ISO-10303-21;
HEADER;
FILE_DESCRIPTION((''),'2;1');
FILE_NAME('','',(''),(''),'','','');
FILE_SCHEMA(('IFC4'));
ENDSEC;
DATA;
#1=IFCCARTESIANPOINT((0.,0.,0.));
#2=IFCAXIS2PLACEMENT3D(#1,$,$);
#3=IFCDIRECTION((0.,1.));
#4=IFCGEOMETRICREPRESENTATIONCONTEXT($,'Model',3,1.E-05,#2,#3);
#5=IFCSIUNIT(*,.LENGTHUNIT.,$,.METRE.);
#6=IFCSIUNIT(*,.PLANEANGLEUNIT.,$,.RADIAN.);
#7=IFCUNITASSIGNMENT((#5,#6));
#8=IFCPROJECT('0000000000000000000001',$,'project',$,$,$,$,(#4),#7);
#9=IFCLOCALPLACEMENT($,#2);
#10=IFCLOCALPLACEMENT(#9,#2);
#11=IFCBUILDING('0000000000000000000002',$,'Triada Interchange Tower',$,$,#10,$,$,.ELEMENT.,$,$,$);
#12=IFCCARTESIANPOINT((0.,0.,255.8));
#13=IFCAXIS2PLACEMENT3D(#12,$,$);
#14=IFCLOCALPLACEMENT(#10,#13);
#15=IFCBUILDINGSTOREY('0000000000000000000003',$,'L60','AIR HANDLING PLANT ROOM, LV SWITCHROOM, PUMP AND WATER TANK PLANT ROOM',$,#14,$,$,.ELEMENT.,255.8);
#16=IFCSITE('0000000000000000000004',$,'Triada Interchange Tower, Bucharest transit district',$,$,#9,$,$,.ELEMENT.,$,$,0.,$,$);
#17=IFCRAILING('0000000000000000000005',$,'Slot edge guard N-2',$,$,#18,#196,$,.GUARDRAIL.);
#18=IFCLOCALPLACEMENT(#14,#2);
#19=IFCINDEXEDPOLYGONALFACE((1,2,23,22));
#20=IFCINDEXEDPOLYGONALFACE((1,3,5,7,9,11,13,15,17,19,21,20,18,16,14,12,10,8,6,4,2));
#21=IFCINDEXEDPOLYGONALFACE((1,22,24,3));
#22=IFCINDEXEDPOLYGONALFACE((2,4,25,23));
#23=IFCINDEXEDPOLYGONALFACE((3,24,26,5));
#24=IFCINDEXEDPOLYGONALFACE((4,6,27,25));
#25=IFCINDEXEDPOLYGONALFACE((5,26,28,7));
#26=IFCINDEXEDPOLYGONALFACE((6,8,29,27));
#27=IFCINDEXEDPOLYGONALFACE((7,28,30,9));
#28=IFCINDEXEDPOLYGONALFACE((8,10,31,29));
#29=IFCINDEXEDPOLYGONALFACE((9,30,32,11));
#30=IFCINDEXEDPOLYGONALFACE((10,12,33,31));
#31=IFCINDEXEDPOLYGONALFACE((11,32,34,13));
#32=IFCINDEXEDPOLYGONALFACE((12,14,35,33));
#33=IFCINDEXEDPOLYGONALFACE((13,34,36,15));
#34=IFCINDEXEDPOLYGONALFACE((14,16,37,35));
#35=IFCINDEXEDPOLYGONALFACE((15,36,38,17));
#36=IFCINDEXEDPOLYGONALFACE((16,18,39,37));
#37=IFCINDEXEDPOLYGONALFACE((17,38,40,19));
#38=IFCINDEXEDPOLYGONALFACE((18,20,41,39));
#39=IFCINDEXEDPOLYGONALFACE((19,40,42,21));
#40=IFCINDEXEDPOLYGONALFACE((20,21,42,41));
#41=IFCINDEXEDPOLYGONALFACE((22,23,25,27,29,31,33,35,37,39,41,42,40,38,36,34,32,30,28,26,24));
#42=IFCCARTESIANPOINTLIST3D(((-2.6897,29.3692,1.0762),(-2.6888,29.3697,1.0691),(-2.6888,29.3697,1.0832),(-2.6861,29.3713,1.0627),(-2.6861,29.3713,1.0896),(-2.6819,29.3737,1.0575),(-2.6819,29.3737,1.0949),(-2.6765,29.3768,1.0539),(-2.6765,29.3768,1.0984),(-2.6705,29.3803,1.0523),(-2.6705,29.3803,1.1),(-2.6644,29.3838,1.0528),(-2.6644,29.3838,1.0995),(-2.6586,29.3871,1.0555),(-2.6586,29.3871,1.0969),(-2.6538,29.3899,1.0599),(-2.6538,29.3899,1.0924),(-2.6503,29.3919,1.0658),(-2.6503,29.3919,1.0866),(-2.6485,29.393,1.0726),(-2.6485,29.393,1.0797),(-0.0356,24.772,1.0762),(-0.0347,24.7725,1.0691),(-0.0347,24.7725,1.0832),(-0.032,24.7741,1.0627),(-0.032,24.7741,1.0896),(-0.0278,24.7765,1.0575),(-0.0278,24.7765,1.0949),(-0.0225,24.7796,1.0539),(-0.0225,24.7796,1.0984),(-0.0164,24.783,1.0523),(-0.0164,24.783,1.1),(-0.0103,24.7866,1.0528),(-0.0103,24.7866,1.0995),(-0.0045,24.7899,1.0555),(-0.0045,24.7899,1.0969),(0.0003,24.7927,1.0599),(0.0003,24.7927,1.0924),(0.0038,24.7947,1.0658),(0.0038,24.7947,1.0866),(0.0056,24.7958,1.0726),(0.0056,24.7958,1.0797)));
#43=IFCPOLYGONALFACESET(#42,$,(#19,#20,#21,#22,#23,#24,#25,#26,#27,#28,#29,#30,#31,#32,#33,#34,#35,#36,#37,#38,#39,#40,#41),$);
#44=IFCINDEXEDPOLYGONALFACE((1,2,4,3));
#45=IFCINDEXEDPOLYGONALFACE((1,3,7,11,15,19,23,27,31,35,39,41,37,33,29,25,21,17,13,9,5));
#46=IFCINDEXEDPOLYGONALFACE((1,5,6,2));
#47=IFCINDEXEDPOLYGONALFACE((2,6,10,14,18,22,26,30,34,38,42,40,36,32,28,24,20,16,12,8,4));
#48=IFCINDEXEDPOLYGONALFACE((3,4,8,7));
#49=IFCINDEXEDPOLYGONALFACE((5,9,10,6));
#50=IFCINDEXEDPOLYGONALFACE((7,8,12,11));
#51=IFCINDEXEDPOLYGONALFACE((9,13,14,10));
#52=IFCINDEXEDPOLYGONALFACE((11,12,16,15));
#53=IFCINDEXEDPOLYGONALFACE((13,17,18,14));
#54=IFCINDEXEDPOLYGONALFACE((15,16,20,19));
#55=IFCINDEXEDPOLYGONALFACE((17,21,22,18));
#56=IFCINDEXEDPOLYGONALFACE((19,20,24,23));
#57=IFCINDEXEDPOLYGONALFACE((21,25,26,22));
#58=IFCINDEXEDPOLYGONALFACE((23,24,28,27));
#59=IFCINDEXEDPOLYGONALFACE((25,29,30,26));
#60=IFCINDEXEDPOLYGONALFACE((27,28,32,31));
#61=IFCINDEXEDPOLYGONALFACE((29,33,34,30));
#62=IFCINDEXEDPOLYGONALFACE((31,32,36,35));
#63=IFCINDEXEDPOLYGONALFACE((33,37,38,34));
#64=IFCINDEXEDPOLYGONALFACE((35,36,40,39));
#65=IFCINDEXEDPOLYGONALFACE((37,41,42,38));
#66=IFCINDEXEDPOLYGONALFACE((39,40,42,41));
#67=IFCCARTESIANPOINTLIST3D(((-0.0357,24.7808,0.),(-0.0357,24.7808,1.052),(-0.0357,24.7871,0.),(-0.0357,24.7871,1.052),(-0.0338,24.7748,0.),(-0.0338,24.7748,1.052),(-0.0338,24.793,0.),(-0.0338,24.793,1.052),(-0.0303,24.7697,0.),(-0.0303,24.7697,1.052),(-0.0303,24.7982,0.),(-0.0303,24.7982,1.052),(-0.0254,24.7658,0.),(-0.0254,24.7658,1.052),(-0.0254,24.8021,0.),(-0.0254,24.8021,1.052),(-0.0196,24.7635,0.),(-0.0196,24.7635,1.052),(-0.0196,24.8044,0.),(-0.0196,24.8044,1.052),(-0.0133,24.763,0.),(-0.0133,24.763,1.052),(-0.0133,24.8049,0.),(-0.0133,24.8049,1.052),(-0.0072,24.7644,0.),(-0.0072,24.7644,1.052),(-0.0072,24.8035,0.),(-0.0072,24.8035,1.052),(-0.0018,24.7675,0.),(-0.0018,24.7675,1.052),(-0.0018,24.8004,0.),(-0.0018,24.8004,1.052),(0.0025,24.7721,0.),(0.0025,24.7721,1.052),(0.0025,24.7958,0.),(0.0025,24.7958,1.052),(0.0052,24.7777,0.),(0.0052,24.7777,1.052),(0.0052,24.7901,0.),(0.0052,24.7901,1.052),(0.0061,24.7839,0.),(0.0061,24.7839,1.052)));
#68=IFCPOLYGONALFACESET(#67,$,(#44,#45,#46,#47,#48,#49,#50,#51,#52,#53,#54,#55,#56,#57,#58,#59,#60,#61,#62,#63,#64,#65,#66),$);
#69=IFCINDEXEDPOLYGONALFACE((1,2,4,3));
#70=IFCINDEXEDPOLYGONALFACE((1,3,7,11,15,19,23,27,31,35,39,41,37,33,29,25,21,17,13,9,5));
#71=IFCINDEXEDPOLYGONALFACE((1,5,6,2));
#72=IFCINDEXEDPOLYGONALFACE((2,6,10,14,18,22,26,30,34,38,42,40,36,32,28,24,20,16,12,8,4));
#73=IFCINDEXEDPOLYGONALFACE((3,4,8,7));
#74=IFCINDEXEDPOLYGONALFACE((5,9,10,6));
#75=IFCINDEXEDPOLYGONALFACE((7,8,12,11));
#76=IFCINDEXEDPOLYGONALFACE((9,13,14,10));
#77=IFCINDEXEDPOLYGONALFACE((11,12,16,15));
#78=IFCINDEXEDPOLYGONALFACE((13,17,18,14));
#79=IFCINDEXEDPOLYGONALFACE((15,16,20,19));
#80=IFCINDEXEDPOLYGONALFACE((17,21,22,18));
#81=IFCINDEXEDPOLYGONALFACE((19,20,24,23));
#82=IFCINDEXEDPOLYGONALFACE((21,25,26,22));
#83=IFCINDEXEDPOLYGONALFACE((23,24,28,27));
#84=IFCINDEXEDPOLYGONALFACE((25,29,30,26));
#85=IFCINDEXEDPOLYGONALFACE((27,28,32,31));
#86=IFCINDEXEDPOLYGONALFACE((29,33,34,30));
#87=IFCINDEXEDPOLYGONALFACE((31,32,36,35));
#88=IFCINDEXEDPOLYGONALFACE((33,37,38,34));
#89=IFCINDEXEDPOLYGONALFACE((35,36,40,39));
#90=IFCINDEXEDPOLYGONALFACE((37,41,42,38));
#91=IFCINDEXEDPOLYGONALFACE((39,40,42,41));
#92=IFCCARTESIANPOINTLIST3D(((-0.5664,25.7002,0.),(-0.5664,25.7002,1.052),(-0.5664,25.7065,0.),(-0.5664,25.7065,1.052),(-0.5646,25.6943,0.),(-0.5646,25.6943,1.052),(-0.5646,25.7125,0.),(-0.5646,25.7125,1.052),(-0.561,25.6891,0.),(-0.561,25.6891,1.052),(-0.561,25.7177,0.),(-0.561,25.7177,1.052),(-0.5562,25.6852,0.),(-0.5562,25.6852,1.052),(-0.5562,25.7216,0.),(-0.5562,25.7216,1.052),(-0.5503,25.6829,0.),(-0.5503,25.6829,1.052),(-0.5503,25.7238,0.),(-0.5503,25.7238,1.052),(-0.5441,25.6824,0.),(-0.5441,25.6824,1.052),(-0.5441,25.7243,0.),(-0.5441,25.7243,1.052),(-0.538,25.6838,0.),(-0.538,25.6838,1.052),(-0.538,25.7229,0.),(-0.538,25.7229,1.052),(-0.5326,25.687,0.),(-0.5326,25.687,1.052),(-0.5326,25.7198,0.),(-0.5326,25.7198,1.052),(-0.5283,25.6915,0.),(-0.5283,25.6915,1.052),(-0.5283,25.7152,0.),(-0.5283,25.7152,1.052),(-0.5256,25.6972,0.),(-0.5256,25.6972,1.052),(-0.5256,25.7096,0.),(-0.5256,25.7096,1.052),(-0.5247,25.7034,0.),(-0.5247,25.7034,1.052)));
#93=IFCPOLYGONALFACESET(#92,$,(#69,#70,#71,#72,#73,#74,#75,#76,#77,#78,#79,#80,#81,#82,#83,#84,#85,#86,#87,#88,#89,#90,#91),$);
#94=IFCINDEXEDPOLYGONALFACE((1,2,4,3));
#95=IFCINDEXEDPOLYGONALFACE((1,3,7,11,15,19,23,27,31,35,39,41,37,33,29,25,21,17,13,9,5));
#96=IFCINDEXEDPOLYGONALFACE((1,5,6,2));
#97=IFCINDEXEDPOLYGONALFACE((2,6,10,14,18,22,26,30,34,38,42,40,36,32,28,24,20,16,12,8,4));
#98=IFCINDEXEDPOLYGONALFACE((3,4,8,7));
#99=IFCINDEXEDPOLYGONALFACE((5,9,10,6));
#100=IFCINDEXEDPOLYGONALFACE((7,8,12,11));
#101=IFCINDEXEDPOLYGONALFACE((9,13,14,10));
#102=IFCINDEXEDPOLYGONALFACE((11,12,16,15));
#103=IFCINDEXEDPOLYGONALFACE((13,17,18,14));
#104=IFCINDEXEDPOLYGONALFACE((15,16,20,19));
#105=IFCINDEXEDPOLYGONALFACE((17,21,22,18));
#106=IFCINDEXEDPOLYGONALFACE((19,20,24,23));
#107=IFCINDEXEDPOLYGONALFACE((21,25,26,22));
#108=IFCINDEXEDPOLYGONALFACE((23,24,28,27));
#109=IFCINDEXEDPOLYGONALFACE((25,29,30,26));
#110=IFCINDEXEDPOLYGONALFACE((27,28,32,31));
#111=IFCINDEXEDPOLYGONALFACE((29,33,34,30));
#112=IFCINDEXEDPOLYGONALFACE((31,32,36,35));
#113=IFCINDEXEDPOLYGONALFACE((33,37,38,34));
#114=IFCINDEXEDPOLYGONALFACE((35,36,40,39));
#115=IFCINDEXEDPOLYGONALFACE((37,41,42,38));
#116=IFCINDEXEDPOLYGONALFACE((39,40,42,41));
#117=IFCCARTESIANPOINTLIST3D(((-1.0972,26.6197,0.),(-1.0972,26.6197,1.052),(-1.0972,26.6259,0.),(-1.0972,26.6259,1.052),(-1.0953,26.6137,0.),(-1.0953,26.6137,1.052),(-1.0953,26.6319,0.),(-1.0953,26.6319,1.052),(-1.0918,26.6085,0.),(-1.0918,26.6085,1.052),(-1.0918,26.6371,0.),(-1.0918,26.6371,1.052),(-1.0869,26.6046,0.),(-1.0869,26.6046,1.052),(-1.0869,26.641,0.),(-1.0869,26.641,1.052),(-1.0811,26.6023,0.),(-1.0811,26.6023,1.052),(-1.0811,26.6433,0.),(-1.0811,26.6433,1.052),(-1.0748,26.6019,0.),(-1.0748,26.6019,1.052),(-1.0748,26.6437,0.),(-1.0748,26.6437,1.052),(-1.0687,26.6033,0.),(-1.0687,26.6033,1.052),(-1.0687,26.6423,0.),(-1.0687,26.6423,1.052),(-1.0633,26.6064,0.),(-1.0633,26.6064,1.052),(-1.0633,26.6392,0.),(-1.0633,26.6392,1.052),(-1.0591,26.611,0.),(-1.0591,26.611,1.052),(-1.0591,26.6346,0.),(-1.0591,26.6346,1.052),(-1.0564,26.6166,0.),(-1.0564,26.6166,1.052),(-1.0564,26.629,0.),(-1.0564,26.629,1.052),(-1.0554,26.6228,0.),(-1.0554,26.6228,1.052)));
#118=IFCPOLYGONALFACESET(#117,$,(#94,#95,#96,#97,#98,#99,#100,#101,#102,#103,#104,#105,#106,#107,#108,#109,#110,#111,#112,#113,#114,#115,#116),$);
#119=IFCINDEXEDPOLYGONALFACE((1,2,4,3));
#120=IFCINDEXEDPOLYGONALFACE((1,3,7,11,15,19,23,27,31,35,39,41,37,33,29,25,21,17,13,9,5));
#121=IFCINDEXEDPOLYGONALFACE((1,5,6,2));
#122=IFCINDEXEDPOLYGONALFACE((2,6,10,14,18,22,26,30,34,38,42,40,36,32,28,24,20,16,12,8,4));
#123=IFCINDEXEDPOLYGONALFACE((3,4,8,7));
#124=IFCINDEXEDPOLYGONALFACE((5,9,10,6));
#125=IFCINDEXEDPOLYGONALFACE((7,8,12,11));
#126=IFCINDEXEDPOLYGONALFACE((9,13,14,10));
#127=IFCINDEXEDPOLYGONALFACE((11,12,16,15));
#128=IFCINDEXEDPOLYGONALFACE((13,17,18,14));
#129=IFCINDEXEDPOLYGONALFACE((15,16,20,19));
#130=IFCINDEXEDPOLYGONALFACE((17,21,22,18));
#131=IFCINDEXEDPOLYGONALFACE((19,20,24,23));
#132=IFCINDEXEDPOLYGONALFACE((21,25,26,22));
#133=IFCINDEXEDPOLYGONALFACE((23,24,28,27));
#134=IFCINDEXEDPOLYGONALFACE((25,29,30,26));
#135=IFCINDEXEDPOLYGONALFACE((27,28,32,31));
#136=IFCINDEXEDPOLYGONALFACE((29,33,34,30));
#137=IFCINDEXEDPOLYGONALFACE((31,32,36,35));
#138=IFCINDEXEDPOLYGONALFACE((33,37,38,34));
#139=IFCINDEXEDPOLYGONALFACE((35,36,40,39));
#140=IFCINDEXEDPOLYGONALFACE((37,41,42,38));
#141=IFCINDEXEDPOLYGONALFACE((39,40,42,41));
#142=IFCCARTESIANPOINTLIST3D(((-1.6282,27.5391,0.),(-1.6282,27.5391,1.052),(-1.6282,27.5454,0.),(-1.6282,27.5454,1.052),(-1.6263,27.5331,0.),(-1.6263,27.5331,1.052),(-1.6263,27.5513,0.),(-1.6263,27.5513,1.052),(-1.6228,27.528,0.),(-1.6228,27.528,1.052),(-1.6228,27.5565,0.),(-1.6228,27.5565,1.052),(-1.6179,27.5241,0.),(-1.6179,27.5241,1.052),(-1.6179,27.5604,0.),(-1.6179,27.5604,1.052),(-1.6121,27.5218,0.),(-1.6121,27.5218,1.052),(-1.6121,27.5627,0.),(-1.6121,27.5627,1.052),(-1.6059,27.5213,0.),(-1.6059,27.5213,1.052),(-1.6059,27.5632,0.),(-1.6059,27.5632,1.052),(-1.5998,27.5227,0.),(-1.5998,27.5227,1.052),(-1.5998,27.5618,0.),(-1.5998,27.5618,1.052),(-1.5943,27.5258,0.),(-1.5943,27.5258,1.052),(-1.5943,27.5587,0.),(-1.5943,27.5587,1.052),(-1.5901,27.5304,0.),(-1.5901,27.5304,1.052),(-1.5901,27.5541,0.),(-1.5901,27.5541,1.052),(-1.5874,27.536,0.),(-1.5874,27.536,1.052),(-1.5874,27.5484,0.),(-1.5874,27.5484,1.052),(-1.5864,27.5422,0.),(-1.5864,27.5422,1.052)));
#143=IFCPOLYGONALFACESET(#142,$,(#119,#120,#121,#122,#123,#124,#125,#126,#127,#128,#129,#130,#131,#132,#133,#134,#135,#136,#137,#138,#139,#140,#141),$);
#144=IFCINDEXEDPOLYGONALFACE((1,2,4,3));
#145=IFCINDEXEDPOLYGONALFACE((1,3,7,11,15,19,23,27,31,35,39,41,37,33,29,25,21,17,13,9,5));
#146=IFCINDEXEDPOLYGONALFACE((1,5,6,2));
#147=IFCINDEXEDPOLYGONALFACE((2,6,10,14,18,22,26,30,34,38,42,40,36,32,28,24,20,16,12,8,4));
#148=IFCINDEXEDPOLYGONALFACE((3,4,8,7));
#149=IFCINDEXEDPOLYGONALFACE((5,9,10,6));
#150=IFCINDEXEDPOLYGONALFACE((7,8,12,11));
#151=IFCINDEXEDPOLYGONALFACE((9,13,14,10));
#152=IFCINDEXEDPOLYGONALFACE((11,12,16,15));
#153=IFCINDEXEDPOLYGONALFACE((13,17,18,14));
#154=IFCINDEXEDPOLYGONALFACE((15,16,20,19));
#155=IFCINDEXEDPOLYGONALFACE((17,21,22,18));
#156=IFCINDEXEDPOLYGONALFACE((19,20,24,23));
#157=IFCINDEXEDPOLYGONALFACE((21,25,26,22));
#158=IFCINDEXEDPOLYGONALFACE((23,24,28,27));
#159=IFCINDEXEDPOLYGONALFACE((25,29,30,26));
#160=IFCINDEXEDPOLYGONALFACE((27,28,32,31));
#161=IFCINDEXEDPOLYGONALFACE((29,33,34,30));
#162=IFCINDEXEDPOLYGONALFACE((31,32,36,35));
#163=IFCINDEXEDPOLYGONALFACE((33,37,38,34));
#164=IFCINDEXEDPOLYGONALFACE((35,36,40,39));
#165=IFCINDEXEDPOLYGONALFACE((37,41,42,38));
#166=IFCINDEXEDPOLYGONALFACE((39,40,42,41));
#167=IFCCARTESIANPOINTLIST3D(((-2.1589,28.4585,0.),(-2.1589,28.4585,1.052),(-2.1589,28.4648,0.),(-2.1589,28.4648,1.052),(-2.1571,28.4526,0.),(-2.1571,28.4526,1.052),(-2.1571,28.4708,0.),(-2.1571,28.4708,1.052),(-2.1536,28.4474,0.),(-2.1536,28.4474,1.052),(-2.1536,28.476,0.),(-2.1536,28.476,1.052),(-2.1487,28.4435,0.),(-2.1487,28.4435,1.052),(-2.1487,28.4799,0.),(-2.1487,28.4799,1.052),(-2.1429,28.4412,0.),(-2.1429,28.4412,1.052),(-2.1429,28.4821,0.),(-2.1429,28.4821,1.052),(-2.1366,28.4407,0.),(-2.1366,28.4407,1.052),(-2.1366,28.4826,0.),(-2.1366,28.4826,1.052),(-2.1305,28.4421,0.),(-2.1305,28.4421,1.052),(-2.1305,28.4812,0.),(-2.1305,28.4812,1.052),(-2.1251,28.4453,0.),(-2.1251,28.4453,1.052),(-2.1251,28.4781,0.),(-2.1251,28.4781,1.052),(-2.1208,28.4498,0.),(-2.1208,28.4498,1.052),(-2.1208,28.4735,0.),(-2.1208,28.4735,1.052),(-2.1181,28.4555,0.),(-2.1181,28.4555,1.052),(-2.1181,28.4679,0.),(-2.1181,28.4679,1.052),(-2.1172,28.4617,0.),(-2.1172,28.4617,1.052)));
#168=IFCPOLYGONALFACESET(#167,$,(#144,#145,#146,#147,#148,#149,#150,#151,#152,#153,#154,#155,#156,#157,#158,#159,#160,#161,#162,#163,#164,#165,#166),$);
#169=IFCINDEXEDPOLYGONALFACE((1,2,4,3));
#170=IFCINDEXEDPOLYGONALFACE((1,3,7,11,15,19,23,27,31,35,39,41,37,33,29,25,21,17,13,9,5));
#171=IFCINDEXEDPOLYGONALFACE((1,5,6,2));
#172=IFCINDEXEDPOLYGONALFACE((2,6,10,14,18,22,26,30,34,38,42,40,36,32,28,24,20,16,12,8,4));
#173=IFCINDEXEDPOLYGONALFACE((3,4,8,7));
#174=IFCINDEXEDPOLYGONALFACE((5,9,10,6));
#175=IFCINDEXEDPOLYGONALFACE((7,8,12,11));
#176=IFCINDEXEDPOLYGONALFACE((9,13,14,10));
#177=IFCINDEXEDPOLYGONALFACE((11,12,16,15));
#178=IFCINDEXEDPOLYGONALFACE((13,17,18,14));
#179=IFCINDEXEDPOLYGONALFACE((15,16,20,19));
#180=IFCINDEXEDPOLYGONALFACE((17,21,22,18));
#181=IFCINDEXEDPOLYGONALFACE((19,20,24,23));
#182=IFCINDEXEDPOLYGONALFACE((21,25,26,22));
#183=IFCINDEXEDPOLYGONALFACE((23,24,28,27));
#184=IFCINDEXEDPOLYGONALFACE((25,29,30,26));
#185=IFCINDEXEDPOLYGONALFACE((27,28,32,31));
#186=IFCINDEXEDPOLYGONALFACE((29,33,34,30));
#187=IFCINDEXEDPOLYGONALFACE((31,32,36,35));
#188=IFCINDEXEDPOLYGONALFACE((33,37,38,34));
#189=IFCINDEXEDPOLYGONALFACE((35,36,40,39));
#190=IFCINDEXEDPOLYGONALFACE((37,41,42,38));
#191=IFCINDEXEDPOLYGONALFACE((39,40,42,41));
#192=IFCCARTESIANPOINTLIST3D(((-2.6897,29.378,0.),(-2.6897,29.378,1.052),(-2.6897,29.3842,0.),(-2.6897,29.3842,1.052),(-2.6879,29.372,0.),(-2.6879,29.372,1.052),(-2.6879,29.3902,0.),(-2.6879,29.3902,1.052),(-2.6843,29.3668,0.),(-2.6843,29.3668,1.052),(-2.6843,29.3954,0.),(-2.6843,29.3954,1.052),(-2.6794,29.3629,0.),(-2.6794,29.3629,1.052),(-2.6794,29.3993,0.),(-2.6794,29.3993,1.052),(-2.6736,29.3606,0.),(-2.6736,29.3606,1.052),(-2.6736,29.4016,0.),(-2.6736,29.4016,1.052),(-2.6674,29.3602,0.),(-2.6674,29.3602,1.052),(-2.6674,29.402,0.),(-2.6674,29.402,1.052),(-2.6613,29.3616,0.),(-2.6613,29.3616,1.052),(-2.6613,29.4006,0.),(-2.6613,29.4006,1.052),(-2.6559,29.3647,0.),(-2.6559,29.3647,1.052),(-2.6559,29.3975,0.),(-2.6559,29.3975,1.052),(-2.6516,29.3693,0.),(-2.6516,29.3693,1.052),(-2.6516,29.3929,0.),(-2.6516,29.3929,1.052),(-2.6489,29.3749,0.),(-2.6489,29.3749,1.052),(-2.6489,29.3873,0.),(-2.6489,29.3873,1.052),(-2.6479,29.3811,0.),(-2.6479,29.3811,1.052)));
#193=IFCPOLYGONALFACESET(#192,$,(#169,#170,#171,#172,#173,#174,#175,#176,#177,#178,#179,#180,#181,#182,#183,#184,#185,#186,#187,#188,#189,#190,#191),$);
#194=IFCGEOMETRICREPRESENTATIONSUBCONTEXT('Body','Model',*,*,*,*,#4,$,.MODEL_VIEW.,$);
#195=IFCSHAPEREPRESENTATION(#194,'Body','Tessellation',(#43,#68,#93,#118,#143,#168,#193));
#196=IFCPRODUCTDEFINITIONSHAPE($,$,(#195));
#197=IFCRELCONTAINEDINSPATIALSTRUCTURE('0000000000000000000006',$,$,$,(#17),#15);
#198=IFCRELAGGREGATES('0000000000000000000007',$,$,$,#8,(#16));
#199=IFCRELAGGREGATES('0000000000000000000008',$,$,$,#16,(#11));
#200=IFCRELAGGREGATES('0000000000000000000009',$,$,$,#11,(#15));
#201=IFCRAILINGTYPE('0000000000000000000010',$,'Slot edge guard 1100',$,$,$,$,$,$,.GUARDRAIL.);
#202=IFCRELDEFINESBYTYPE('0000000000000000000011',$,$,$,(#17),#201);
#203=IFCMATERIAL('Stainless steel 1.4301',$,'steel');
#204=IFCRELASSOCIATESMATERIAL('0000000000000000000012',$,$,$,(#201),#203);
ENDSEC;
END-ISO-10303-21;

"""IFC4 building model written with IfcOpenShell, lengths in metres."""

from ifc_helpers import new_model, si_unit, direction, frame, origin, origin_2d, place, context, subcontext, project, spatial, circle, extrude, material, type_object, element, save


model = new_model("IFC4")

# Units and contexts
model_context = context("Model", 3, precision=1e-05, world=origin(), true_north=direction((0.0, 1.0)))
body_context = subcontext(model_context, "Body", "Model", "MODEL_VIEW")
ifc_project = project(units=[si_unit("LENGTHUNIT", "METRE"), si_unit("PLANEANGLEUNIT", "RADIAN")], contexts=[model_context])

# Site, building, storey
site_placement = place(None, origin())
site = spatial("IfcSite", under=ifc_project, at=site_placement, Name="Triada Interchange Tower, Bucharest transit district", CompositionType="ELEMENT", RefElevation=0.0)
building_placement = place(site_placement, origin())
building = spatial("IfcBuilding", under=site, at=building_placement, Name="Triada Interchange Tower", CompositionType="ELEMENT")
storey_placement = place(building_placement, frame((0.0, 0.0, 255.8)))
storey = spatial("IfcBuildingStorey", under=building, at=storey_placement, Name="L60", Description="AIR HANDLING PLANT ROOM, LV SWITCHROOM, PUMP AND WATER TANK PLANT ROOM", CompositionType="ELEMENT", Elevation=255.8)

# Railing
ifc_material_1 = material(Name="Stainless steel 1.4301", Category="steel")
railing_type = type_object("IfcRailingType", Name="Slot edge guard 1100", PredefinedType="GUARDRAIL", material=ifc_material_1)
railing_1_placement = place(storey_placement, frame((-0.0149, 24.7839, 0.0)))
element("IfcRailing", 1, at=railing_1_placement, inside=storey, type_object=railing_type, Name="Slot edge guard N-2", PredefinedType="GUARDRAIL", context=body_context, shape_type="SweptSolid", body=[
    extrude(circle(Radius=0.0239, at=origin_2d()), frame((0.0, 0.0, 1.0762), z_axis=(-0.499983, 0.866035, 0.0), x_axis=(-0.866035, -0.499983, 0.0)), (0.0, 0.0, 1.0), 5.3083),
    extrude(circle(Radius=0.021, at=origin_2d()), origin(), (0.0, 0.0, 1.0), 1.052),
    extrude(circle(Radius=0.021, at=origin_2d()), frame((-0.5308, 0.9194, 0.0)), (0.0, 0.0, 1.0), 1.052),
    extrude(circle(Radius=0.021, at=origin_2d()), frame((-1.0615, 1.8389, 0.0)), (0.0, 0.0, 1.0), 1.052),
    extrude(circle(Radius=0.021, at=origin_2d()), frame((-1.5925, 2.7583, 0.0)), (0.0, 0.0, 1.0), 1.052),
    extrude(circle(Radius=0.021, at=origin_2d()), frame((-2.1233, 3.6777, 0.0)), (0.0, 0.0, 1.0), 1.052),
    extrude(circle(Radius=0.021, at=origin_2d()), frame((-2.6541, 4.5972, 0.0)), (0.0, 0.0, 1.0), 1.052),
])

save(model, "model.ifc")
